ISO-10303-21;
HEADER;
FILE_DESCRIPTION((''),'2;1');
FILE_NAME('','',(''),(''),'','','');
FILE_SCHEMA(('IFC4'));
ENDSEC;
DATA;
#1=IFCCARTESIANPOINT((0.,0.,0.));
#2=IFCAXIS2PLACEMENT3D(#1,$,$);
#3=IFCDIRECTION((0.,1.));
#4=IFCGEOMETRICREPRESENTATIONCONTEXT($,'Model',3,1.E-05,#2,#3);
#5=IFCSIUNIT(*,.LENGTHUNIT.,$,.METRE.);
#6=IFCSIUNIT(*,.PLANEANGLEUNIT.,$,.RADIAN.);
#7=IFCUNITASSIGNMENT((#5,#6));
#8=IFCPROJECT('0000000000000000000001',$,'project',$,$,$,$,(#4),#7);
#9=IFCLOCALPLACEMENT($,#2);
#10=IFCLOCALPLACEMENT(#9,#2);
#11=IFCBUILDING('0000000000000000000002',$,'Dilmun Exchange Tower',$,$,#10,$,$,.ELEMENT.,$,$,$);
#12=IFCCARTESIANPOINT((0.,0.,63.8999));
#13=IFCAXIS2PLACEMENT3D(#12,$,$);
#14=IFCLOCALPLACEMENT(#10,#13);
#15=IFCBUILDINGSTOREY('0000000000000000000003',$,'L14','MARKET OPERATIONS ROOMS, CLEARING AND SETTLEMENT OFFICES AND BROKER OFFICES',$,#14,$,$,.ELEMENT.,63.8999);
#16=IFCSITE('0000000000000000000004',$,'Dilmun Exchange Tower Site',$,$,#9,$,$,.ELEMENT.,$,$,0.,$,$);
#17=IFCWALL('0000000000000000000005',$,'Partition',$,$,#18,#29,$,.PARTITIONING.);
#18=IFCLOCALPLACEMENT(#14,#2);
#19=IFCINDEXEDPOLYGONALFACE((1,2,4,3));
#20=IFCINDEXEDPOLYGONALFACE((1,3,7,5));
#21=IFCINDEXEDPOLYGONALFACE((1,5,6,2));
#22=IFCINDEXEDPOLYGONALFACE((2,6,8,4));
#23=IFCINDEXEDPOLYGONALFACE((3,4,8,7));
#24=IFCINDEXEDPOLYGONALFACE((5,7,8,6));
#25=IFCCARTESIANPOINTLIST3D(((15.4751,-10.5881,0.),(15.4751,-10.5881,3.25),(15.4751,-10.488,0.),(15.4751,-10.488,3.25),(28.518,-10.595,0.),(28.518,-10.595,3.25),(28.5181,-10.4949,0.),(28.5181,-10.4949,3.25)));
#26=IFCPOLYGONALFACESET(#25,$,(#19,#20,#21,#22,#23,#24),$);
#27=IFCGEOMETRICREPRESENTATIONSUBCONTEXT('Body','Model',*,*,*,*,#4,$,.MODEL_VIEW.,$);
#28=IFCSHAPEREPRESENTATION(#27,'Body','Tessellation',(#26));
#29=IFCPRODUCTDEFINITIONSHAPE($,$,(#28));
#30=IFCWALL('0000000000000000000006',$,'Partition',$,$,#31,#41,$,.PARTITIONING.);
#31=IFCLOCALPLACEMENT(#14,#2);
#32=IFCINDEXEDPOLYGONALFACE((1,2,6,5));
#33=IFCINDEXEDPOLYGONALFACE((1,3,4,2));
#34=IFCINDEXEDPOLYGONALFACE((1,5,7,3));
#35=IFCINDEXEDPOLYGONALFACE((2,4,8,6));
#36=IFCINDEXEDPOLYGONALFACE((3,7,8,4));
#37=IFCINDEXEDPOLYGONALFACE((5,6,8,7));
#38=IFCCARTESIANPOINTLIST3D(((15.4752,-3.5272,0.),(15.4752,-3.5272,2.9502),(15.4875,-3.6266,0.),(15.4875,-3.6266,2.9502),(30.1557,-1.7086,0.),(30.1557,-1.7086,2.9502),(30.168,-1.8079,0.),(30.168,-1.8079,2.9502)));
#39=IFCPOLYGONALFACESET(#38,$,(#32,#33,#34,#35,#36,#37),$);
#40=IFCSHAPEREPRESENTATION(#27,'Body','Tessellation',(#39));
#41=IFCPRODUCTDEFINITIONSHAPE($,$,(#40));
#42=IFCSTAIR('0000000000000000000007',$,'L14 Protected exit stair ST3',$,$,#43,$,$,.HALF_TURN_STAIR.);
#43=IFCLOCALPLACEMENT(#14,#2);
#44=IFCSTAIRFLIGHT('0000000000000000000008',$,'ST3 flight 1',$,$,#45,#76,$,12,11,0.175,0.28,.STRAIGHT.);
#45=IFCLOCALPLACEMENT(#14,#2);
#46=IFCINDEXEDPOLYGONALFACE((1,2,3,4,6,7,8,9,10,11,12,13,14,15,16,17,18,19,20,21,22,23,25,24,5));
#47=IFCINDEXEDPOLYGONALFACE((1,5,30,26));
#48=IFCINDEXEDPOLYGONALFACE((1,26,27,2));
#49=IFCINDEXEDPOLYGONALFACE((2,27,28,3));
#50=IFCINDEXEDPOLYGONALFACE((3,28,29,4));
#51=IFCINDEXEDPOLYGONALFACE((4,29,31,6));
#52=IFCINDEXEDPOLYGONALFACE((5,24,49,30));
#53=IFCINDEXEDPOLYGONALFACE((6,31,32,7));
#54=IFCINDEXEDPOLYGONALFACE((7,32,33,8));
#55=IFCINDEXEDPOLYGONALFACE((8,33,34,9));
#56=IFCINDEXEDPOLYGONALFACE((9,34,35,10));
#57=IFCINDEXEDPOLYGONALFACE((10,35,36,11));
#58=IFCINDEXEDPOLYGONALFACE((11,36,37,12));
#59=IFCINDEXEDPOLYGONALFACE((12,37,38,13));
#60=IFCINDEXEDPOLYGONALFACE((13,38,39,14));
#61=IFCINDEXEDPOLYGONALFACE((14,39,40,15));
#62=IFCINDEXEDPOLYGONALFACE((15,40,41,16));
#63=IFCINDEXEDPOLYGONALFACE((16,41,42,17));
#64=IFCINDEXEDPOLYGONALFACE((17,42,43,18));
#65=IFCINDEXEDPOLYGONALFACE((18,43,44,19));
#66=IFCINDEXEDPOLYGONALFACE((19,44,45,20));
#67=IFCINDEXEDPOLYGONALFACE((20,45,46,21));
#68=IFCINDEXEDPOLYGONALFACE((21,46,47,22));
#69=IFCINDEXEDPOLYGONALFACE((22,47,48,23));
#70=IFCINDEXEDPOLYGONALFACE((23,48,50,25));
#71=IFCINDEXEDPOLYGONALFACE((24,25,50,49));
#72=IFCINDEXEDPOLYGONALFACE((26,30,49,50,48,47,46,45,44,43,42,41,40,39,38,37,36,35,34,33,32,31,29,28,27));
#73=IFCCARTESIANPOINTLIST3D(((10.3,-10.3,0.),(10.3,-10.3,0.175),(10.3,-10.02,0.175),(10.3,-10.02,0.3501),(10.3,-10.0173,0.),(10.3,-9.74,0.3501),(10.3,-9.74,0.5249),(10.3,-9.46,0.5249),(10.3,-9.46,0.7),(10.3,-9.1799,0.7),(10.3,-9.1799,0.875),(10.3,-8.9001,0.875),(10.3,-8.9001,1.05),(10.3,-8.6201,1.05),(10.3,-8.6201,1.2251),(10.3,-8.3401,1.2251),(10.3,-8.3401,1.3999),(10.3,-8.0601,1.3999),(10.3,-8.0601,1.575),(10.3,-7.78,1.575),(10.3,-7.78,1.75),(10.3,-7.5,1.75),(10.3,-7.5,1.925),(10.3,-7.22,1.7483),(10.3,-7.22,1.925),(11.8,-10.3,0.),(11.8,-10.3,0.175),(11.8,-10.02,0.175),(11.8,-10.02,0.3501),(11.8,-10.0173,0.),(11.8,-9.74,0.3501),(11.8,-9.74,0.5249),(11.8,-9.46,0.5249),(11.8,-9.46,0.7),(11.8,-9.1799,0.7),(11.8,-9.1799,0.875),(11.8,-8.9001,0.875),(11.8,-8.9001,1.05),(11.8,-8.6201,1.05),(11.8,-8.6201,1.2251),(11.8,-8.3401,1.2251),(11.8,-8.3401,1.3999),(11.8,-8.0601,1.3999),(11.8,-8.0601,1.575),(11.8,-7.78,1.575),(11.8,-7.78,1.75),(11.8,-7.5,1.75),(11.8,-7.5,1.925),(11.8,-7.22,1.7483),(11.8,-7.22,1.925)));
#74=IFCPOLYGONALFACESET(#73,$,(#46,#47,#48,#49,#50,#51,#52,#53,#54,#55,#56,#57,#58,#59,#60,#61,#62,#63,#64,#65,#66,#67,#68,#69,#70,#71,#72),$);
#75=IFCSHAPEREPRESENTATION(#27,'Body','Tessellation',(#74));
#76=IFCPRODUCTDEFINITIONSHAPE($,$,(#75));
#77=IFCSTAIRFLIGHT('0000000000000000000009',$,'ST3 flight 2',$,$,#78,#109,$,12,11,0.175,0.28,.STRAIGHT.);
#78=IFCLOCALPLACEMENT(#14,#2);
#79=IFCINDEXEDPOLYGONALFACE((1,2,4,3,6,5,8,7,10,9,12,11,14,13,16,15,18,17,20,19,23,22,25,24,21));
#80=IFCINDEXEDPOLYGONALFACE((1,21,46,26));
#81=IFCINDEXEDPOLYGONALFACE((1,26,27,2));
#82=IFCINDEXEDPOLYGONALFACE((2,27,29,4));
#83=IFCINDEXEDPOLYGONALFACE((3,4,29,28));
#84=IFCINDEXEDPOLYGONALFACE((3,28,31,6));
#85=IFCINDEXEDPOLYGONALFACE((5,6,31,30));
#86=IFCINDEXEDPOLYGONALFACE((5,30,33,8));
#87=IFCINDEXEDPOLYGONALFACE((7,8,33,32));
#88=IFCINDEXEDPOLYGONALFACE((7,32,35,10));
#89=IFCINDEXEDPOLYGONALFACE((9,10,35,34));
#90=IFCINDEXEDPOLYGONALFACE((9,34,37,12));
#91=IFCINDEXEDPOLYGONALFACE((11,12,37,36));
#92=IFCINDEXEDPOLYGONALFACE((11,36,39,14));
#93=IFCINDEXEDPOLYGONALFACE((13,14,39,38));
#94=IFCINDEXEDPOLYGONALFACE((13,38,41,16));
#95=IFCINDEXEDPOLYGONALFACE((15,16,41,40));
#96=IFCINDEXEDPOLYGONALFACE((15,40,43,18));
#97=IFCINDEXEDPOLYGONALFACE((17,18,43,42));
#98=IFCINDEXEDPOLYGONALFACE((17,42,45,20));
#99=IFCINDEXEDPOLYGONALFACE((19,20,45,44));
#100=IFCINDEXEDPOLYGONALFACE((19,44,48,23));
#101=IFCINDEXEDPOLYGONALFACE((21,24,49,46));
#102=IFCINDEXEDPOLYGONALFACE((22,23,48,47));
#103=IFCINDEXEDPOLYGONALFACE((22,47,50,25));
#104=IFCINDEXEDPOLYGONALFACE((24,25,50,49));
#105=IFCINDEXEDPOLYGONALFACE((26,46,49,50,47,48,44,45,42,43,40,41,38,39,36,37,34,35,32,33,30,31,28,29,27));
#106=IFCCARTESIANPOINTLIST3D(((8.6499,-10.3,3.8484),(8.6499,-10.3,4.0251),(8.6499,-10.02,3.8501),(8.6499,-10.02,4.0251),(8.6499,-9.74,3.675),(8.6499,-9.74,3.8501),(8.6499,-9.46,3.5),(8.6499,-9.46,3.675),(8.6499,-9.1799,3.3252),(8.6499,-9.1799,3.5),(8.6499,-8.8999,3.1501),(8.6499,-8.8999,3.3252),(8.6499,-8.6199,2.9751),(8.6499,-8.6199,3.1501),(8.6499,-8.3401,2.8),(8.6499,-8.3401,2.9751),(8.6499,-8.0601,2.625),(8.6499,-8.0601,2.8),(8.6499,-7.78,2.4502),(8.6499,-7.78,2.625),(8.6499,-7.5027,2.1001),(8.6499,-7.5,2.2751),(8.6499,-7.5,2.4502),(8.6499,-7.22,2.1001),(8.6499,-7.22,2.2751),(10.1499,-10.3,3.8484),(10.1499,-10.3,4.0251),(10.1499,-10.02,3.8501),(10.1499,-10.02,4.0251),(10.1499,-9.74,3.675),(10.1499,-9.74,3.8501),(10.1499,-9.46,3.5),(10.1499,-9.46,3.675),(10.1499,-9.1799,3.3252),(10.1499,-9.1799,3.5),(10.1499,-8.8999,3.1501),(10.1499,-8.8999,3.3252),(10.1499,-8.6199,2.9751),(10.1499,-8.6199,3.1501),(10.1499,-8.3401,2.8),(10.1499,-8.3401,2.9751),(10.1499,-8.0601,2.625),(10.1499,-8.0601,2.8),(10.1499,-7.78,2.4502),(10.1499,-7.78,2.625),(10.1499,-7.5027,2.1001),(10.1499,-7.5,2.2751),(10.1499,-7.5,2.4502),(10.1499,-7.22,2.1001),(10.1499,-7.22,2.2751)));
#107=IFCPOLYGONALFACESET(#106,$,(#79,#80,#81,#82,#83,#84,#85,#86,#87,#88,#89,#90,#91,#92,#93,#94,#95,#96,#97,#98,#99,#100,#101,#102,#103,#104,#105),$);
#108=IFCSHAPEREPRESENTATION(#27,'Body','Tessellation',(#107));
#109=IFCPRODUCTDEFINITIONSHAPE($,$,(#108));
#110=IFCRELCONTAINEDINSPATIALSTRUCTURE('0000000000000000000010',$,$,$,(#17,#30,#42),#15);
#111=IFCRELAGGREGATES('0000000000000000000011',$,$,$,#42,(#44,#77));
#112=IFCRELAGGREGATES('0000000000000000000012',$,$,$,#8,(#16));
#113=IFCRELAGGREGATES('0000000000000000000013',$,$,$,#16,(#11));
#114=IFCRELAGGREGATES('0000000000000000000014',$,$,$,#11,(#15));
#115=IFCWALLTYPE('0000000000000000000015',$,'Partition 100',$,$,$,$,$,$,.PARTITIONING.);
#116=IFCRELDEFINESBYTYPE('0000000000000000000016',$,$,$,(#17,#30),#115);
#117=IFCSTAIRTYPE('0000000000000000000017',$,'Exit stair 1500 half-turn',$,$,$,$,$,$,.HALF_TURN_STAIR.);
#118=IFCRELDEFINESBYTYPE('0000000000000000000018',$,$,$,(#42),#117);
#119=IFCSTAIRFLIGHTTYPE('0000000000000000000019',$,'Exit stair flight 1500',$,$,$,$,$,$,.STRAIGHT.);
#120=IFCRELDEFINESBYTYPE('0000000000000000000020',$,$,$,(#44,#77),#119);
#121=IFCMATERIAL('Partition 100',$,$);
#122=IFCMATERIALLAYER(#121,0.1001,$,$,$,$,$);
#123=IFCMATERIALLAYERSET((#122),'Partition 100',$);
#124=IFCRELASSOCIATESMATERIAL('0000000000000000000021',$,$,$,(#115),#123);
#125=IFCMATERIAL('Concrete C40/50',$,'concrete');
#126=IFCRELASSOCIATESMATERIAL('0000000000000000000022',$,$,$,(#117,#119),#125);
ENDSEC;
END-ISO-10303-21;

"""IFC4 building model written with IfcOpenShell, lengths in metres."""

from ifc_helpers import new_model, si_unit, direction, frame, frame_2d, origin, place, context, subcontext, project, spatial, polyline, rectangle, outline, extrude, material, layer, layer_set, type_object, element, aggregate, save


model = new_model("IFC4")

# Units and contexts
model_context = context("Model", 3, precision=1e-05, world=origin(), true_north=direction((0.0, 1.0)))
body_context = subcontext(model_context, "Body", "Model", "MODEL_VIEW")
ifc_project = project(units=[si_unit("LENGTHUNIT", "METRE"), si_unit("PLANEANGLEUNIT", "RADIAN")], contexts=[model_context])

# Site, building, storey
site_placement = place(None, origin())
site = spatial("IfcSite", under=ifc_project, at=site_placement, Name="Dilmun Exchange Tower Site", CompositionType="ELEMENT", RefElevation=0.0)
building_placement = place(site_placement, origin())
building = spatial("IfcBuilding", under=site, at=building_placement, Name="Dilmun Exchange Tower", CompositionType="ELEMENT")
storey_placement = place(building_placement, frame((0.0, 0.0, 63.8999)))
storey = spatial("IfcBuildingStorey", under=building, at=storey_placement, Name="L14", Description="MARKET OPERATIONS ROOMS, CLEARING AND SETTLEMENT OFFICES AND BROKER OFFICES", CompositionType="ELEMENT", Elevation=63.8999)

# Shared definitions
ifc_material_1 = material(Name="Concrete C40/50", Category="concrete")

# Walls
ifc_material_2 = material(Name="Partition 100")
ifc_layer_1 = layer(ifc_material_2, 0.1001)
ifc_layer_set_1 = layer_set([ifc_layer_1], Name="Partition 100")
wall_type_1 = type_object("IfcWallType", Name="Partition 100", PredefinedType="PARTITIONING", material=ifc_layer_set_1)
wall_1_placement = place(storey_placement, frame((15.4751, -10.5381, 0.0), z_axis=(0.0, 0.0, 1.0), x_axis=(1.0, -0.000524, 0.0)))
element("IfcWall", 1, at=wall_1_placement, inside=storey, type_object=wall_type_1, Name="Partition", PredefinedType="PARTITIONING", context=body_context, shape_type="SweptSolid", body=[
    extrude(rectangle(XDim=13.043, YDim=0.1001, at=frame_2d((6.5215, 0.0))), origin(), (0.0, 0.0, 1.0), 3.25),
])
wall_2_placement = place(storey_placement, frame((15.4812, -3.5769, 0.0), z_axis=(0.0, 0.0, 1.0), x_axis=(0.992414, 0.12294, 0.0)))
element("IfcWall", 2, at=wall_2_placement, inside=storey, type_object=wall_type_1, Name="Partition", PredefinedType="PARTITIONING", context=body_context, shape_type="SweptSolid", body=[
    extrude(rectangle(XDim=14.7927, YDim=0.1001, at=frame_2d((7.3965, 0.0))), origin(), (0.0, 0.0, 1.0), 2.9502),
])

# Stair, stair flights
stair_type = type_object("IfcStairType", Name="Exit stair 1500 half-turn", PredefinedType="HALF_TURN_STAIR", material=ifc_material_1)
stair_placement = place(storey_placement, origin())
stair = element("IfcStair", 3, at=stair_placement, inside=storey, type_object=stair_type, Name="L14 Protected exit stair ST3", PredefinedType="HALF_TURN_STAIR")
stair_flight_type = type_object("IfcStairFlightType", Name="Exit stair flight 1500", PredefinedType="STRAIGHT", material=ifc_material_1)
stair_flight_1_placement = place(storey_placement, frame((11.05, -10.3, 0.0), z_axis=(0.0, 0.0, 1.0), x_axis=(0.0, 1.0, 0.0)))
stair_flight_1 = element("IfcStairFlight", 4, at=stair_flight_1_placement, type_object=stair_flight_type, Name="ST3 flight 1", NumberOfRisers=12, NumberOfTreads=11, PredefinedType="STRAIGHT", RiserHeight=0.175, TreadLength=0.28, context=body_context, shape_type="SweptSolid", body=[
    extrude(outline(polyline([(0.0, 0.0), (0.0, 0.175), (0.28, 0.175), (0.28, 0.3501), (0.5601, 0.3501), (0.5601, 0.5249), (0.8401, 0.5249), (0.8401, 0.7), (1.1201, 0.7), (1.1201, 0.875), (1.3999, 0.875), (1.3999, 1.05), (1.6799, 1.05), (1.6799, 1.2251), (1.96, 1.2251), (1.96, 1.3999), (2.24, 1.3999), (2.24, 1.575), (2.52, 1.575), (2.52, 1.75), (2.8, 1.75), (2.8, 1.925), (3.0801, 1.925), (3.0801, 2.1001), (3.0801, 1.7483), (0.2827, 0.0), (0.0, 0.0)])), frame((0.0, 0.75, 0.0), z_axis=(0.0, -1.0, 0.0), x_axis=(1.0, 0.0, 0.0)), (0.0, 0.0, 1.0), 1.5),
])
stair_flight_2_placement = place(storey_placement, frame((9.3999, -7.22, 2.1001), z_axis=(0.0, 0.0, 1.0), x_axis=(0.0, -1.0, 0.0)))
stair_flight_2 = element("IfcStairFlight", 5, at=stair_flight_2_placement, type_object=stair_flight_type, Name="ST3 flight 2", NumberOfRisers=12, NumberOfTreads=11, PredefinedType="STRAIGHT", RiserHeight=0.175, TreadLength=0.28, context=body_context, shape_type="SweptSolid", body=[
    extrude(outline(polyline([(0.0, 0.0), (0.0, 0.175), (0.28, 0.175), (0.28, 0.3501), (0.5601, 0.3501), (0.5601, 0.5249), (0.8401, 0.5249), (0.8401, 0.7), (1.1201, 0.7), (1.1201, 0.875), (1.3999, 0.875), (1.3999, 1.05), (1.6799, 1.05), (1.6799, 1.2251), (1.96, 1.2251), (1.96, 1.3999), (2.24, 1.3999), (2.24, 1.575), (2.52, 1.575), (2.52, 1.75), (2.8, 1.75), (2.8, 1.925), (3.0801, 1.925), (3.0801, 2.1001), (3.0801, 1.7483), (0.2827, 0.0), (0.0, 0.0)])), frame((0.0, 0.75, 0.0), z_axis=(0.0, -1.0, 0.0), x_axis=(1.0, 0.0, 0.0)), (0.0, 0.0, 1.0), 1.5),
])
aggregate(stair, [stair_flight_1, stair_flight_2])

save(model, "model.ifc")
